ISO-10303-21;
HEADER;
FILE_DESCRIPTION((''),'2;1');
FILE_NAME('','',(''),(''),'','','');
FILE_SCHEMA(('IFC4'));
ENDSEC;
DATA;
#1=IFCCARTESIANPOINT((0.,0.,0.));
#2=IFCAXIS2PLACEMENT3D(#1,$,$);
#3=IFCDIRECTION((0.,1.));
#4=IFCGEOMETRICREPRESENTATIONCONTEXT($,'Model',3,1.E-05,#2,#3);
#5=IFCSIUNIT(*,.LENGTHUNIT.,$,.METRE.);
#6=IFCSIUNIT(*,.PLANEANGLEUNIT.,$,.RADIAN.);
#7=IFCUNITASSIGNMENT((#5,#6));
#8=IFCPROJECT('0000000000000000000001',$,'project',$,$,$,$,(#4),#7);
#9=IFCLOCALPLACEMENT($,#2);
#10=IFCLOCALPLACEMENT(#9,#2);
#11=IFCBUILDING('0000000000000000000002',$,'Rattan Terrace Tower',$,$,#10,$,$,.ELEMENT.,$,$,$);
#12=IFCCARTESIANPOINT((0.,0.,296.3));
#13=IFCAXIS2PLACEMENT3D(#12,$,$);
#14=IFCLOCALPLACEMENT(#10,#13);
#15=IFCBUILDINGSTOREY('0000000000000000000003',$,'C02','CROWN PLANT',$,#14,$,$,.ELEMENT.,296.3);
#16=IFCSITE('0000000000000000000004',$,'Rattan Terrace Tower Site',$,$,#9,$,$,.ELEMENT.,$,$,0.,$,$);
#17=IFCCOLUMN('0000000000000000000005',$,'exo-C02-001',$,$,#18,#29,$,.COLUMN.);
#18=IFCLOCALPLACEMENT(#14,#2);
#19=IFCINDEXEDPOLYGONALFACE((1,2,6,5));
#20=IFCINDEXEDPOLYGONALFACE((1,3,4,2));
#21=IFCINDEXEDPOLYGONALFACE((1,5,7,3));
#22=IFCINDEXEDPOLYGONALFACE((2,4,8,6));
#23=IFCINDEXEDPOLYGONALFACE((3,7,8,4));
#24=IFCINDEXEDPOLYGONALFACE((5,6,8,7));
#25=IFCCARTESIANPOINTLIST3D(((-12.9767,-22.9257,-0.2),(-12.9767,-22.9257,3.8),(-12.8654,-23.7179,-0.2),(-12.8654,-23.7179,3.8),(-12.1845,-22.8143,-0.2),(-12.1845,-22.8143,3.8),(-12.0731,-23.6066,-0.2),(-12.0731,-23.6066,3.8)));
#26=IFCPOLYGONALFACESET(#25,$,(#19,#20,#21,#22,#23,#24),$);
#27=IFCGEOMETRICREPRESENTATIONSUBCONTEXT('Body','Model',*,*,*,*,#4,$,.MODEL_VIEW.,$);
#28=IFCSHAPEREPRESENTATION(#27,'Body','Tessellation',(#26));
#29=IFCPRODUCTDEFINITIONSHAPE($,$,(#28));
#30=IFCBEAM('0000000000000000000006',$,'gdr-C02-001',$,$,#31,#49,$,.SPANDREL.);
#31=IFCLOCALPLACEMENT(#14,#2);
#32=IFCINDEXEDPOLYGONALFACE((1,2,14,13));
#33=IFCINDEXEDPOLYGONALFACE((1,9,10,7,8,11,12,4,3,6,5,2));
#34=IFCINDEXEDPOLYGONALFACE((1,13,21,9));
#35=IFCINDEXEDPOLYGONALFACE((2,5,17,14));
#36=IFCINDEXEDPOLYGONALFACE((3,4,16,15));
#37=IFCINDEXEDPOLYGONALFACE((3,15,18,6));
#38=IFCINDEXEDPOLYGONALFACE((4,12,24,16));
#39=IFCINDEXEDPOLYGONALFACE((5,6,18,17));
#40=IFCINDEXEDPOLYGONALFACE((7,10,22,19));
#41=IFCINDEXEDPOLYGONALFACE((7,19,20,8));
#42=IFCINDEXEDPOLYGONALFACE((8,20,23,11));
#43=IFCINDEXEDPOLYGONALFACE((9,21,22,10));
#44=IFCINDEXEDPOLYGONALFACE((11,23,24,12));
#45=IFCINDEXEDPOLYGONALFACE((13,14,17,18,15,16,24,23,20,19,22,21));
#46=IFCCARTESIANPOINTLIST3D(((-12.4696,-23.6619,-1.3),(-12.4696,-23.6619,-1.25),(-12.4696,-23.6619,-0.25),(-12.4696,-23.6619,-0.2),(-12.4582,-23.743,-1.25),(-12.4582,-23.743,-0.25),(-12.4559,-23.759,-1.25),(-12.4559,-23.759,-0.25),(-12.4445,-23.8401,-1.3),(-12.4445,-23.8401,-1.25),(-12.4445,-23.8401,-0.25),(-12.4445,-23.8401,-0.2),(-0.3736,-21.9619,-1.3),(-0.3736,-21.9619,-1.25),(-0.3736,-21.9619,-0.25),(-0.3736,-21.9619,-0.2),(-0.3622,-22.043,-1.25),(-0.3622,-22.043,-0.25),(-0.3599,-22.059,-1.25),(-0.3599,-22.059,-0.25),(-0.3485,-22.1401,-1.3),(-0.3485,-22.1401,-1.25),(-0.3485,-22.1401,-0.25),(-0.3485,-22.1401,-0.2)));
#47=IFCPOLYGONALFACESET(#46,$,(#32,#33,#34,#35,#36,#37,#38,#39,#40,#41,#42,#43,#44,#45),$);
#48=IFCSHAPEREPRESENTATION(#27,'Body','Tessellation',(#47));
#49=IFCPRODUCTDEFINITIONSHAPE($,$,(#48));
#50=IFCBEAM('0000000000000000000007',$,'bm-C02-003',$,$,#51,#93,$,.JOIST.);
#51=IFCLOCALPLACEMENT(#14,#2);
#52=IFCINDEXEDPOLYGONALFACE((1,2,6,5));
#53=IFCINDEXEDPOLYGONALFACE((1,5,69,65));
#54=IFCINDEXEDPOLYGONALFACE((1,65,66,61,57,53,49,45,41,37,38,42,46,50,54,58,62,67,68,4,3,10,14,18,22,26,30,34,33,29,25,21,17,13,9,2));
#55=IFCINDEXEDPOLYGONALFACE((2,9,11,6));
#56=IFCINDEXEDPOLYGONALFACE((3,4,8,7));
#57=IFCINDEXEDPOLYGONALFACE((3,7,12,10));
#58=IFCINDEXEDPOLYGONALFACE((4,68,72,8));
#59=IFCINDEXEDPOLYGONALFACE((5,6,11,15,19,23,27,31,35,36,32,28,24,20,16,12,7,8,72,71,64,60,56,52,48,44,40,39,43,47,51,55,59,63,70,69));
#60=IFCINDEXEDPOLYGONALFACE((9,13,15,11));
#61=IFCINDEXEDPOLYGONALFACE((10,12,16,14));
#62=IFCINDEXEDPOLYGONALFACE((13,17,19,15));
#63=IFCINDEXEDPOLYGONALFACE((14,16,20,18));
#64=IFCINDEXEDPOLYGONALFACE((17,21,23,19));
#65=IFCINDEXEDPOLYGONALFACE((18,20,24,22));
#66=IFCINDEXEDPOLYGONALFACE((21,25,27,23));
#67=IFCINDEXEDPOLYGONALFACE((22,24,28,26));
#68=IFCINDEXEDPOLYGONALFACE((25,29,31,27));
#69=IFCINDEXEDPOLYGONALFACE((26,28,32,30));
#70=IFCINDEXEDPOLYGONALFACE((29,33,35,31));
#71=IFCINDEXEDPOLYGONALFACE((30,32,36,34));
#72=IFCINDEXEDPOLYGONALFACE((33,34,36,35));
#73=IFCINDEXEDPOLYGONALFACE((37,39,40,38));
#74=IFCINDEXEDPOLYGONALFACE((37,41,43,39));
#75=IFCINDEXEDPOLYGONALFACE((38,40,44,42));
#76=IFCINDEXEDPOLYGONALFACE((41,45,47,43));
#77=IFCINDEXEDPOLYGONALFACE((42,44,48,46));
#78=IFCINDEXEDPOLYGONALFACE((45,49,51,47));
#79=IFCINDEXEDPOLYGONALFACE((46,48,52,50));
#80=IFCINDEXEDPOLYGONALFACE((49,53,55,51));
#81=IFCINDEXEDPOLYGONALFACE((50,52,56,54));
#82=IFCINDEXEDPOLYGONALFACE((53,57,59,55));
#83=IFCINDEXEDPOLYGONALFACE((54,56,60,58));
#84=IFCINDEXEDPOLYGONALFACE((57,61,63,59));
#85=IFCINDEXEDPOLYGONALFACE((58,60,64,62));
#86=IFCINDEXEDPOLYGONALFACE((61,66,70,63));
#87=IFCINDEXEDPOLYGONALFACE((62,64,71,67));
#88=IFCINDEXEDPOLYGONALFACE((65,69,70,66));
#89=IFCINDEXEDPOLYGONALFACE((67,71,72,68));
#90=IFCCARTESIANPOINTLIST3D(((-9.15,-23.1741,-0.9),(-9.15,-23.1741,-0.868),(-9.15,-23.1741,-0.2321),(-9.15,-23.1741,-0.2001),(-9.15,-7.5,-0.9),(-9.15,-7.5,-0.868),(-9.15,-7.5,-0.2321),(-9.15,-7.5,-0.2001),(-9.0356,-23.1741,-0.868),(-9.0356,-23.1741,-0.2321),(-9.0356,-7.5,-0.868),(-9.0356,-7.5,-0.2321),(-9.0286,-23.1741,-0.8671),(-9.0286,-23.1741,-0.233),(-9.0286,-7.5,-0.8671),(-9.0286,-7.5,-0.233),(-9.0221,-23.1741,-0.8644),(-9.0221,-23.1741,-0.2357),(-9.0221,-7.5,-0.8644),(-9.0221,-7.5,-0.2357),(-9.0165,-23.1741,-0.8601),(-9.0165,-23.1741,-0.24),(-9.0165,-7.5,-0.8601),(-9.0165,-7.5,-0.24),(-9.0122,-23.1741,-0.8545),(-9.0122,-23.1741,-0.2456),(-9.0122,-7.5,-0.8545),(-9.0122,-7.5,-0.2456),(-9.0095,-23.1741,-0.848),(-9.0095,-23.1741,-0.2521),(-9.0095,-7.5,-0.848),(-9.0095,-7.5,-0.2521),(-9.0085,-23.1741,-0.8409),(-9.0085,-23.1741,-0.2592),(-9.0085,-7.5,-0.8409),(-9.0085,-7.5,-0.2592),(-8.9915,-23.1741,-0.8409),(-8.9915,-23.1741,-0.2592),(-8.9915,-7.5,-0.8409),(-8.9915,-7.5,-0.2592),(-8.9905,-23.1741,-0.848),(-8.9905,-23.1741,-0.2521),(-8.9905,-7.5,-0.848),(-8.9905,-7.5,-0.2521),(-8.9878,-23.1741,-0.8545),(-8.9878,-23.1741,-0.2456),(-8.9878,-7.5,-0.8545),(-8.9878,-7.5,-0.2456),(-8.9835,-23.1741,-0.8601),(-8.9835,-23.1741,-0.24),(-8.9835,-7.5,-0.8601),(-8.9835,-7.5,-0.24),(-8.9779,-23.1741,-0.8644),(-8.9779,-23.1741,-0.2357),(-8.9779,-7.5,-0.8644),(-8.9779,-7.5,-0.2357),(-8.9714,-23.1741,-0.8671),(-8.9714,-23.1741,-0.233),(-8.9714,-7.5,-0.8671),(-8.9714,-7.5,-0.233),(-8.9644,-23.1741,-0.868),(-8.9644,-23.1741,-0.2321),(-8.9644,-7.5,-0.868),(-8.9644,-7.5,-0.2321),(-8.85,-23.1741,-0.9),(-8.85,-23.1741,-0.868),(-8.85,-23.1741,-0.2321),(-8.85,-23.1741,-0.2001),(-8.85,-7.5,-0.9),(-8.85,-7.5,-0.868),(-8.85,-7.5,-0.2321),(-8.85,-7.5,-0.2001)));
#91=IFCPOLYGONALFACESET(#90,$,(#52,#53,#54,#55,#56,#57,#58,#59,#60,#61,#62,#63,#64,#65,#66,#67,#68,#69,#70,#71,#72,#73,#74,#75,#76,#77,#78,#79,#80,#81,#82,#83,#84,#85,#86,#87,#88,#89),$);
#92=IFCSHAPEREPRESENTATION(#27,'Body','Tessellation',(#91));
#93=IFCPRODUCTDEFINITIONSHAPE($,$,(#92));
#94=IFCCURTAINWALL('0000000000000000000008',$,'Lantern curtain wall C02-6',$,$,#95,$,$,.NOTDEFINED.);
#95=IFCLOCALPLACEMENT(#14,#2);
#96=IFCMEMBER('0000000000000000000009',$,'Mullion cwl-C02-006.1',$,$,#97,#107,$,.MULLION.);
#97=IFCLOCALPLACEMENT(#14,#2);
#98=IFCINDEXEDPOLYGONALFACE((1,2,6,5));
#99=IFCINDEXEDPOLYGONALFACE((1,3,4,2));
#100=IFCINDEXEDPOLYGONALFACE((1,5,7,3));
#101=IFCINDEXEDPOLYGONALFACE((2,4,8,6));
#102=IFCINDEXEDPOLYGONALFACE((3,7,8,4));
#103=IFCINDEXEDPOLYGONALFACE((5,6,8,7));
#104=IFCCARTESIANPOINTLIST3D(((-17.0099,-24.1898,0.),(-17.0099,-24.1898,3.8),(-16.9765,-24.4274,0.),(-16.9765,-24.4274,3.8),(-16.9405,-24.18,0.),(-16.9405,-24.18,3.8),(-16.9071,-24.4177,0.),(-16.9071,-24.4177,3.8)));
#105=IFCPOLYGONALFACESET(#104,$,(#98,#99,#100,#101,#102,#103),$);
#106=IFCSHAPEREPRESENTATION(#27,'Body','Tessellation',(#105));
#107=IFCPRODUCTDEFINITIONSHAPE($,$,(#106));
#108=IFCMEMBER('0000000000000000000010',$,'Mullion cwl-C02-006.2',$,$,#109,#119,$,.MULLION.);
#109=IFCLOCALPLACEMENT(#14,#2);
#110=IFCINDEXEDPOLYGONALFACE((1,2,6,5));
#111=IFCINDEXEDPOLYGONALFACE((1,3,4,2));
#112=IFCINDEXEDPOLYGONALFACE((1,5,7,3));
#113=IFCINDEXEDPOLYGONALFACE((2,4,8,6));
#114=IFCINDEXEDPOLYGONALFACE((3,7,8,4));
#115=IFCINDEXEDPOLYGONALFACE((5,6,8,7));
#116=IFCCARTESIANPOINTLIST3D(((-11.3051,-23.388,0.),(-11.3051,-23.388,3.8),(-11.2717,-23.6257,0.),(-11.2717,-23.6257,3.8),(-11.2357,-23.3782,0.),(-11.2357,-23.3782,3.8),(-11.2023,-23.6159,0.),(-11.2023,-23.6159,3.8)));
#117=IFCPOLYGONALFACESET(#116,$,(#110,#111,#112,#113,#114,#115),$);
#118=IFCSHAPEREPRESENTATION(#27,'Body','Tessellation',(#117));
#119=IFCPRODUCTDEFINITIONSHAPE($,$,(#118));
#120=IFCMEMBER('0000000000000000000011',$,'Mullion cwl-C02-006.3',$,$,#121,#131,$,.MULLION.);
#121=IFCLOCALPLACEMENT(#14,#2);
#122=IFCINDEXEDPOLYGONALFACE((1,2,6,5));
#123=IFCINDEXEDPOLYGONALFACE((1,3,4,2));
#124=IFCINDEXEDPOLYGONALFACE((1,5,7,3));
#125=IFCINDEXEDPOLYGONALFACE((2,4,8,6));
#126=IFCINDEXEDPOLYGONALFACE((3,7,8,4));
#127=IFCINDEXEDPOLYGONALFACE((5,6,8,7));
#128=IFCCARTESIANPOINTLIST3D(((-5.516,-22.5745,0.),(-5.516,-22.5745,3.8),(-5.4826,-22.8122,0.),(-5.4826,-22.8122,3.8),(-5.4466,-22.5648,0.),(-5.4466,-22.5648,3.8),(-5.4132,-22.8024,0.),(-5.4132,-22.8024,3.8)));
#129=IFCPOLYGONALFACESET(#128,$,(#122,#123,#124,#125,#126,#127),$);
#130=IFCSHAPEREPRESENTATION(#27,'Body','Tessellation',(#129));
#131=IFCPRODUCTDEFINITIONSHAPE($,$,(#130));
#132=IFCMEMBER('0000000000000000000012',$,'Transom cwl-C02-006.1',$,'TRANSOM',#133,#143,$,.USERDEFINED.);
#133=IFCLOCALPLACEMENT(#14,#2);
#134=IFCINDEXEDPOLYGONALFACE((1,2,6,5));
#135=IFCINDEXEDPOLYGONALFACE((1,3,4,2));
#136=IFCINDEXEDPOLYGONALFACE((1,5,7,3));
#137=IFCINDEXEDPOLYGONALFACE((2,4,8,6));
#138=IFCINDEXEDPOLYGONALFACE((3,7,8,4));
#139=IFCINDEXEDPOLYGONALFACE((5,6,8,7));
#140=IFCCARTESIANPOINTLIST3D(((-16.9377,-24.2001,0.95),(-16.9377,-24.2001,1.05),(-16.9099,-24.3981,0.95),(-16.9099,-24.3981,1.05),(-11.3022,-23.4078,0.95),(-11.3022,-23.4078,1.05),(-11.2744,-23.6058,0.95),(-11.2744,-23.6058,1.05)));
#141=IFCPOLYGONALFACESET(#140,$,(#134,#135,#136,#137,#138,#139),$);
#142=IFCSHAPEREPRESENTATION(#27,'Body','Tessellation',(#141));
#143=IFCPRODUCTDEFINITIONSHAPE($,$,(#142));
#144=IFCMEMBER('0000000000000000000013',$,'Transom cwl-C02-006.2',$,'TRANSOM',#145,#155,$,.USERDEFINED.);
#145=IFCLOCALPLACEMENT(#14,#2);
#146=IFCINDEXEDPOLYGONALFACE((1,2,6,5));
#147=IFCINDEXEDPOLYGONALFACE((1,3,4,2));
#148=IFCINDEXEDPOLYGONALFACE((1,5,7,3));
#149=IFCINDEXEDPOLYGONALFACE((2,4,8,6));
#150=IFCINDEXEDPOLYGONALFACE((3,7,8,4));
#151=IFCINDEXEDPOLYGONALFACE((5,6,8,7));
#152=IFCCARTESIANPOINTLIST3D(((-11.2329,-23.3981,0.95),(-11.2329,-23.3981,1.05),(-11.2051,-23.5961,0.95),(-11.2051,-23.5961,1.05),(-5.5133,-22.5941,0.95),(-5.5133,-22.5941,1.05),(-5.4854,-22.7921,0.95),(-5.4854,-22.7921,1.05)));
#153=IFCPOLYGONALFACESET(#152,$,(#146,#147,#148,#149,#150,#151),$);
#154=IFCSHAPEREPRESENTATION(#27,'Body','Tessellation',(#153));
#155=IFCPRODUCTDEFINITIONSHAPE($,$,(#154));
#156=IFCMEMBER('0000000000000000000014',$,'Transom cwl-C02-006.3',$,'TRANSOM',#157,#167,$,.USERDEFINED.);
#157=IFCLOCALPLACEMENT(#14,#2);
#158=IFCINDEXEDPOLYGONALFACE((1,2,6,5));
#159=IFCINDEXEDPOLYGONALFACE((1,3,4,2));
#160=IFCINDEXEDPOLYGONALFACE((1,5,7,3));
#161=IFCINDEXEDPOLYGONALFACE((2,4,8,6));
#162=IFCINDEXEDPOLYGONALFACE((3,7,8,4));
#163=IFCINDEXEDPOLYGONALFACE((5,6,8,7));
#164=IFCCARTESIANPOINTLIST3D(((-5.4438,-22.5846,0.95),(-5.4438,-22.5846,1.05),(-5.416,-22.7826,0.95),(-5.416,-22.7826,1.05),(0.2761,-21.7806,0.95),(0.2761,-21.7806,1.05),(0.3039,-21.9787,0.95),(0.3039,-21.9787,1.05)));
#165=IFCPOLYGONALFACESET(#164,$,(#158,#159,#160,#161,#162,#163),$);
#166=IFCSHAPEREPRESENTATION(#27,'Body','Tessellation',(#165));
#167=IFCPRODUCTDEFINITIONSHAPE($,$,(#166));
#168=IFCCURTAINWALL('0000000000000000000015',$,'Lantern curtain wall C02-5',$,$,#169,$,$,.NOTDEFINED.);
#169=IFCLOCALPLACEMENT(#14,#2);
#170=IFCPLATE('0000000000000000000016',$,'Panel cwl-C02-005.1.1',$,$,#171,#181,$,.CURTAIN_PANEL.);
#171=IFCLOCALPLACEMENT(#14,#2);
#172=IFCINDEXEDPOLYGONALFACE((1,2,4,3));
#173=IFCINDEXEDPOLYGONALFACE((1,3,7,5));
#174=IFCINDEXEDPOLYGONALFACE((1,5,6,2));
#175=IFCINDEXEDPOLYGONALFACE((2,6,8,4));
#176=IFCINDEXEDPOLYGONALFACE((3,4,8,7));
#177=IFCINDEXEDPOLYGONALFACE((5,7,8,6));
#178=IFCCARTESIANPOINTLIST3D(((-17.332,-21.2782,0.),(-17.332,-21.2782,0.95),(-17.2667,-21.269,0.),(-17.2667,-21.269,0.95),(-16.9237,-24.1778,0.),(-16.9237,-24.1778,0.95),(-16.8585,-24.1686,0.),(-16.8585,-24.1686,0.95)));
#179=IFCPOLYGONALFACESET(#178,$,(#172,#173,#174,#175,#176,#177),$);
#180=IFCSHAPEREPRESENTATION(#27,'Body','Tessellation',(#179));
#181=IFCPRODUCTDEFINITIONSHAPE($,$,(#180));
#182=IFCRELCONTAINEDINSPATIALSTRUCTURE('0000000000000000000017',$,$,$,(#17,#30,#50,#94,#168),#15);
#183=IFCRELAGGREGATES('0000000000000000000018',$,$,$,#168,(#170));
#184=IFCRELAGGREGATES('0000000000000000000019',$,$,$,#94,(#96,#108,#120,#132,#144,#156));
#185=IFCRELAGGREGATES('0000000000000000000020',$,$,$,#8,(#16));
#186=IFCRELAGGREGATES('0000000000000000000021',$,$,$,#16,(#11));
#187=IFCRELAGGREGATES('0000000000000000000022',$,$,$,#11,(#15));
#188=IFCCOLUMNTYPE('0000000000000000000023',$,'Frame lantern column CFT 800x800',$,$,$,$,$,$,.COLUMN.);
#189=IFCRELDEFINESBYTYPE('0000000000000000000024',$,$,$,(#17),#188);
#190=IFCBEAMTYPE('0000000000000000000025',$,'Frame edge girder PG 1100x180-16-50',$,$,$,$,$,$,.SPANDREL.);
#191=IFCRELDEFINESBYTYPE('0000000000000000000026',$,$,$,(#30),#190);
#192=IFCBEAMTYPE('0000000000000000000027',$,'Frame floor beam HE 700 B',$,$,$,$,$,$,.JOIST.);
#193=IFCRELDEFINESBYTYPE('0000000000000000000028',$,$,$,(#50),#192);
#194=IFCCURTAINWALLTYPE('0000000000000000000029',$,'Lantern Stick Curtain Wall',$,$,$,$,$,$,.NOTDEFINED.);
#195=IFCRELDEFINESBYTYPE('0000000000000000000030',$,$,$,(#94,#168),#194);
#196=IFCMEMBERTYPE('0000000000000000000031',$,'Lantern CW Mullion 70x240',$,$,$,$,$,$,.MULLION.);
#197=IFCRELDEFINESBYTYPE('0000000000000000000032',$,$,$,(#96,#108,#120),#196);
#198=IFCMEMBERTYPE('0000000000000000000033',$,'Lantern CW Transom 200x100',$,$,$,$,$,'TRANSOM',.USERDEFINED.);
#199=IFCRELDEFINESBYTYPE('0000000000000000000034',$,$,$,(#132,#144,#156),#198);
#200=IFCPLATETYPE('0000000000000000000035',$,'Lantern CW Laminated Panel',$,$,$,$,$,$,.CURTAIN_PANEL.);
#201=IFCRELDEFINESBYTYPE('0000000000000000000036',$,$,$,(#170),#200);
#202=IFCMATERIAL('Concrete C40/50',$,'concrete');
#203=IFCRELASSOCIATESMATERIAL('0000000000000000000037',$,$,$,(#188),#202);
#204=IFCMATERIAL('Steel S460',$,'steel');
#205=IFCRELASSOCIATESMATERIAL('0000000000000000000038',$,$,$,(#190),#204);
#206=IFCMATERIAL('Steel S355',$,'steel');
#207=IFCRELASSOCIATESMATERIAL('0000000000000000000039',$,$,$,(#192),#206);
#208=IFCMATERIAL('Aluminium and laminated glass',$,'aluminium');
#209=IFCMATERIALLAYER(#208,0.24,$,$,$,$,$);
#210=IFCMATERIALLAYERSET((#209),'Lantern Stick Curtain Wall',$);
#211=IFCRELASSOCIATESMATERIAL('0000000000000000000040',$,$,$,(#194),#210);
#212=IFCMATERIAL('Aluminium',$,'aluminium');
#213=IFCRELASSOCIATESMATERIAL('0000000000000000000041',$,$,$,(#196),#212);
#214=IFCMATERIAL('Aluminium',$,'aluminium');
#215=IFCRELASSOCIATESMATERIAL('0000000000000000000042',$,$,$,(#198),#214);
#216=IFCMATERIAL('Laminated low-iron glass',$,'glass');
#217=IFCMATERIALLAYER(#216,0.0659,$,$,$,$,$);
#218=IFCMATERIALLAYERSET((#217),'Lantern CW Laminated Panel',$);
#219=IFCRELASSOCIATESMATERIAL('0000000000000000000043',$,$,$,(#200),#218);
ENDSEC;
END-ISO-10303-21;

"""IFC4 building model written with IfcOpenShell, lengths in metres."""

from ifc_helpers import new_model, si_unit, direction, frame, origin, origin_2d, place, context, subcontext, project, spatial, rectangle, i_section, extrude, material, layer, layer_set, material_profile, profile_set, type_object, element, aggregate, save


model = new_model("IFC4")

# Units and contexts
model_context = context("Model", 3, precision=1e-05, world=origin(), true_north=direction((0.0, 1.0)))
body_context = subcontext(model_context, "Body", "Model", "MODEL_VIEW")
ifc_project = project(units=[si_unit("LENGTHUNIT", "METRE"), si_unit("PLANEANGLEUNIT", "RADIAN")], contexts=[model_context])

# Site, building, storey
site_placement = place(None, origin())
site = spatial("IfcSite", under=ifc_project, at=site_placement, Name="Rattan Terrace Tower Site", CompositionType="ELEMENT", RefElevation=0.0)
building_placement = place(site_placement, origin())
building = spatial("IfcBuilding", under=site, at=building_placement, Name="Rattan Terrace Tower", CompositionType="ELEMENT")
storey_placement = place(building_placement, frame((0.0, 0.0, 296.3)))
storey = spatial("IfcBuildingStorey", under=building, at=storey_placement, Name="C02", Description="CROWN PLANT", CompositionType="ELEMENT", Elevation=296.3)

# Column
ifc_material_1 = material(Name="Concrete C40/50", Category="concrete")
ifc_material_profile_1 = material_profile(ifc_material_1, rectangle(XDim=0.8, YDim=0.8, at=origin_2d()), Name="CFT 800x800")
ifc_profile_set_1 = profile_set([ifc_material_profile_1], Name="Concrete C40/50")
column_type = type_object("IfcColumnType", Name="Frame lantern column CFT 800x800", PredefinedType="COLUMN", material=ifc_profile_set_1)
column_placement = place(storey_placement, frame((-12.5249, -23.2661, -0.2), z_axis=(0.0, 0.0, 1.0), x_axis=(0.990266, 0.13919, 0.0)))
element("IfcColumn", 1, at=column_placement, inside=storey, type_object=column_type, Name="exo-C02-001", PredefinedType="COLUMN", context=body_context, shape_type="SweptSolid", body=[
    extrude(rectangle(XDim=0.8, YDim=0.8, at=origin_2d()), origin(), (0.0, 0.0, 1.0), 4.0),
])

# Beams
ifc_material_2 = material(Name="Steel S460", Category="steel")
ifc_material_profile_2 = material_profile(ifc_material_2, i_section(OverallWidth=0.1799, OverallDepth=1.1001, WebThickness=0.0161, FlangeThickness=0.05, at=origin_2d()), Name="PG 1100x180-16-50")
ifc_profile_set_2 = profile_set([ifc_material_profile_2], Name="Steel S460")
beam_type_1 = type_object("IfcBeamType", Name="Frame edge girder PG 1100x180-16-50", PredefinedType="SPANDREL", material=ifc_profile_set_2)
beam_1_placement = place(storey_placement, frame((-12.457, -23.751, -0.75), z_axis=(0.990268, 0.139171, 0.0), x_axis=(-0.139171, 0.990268, 0.0)))
element("IfcBeam", 2, at=beam_1_placement, inside=storey, type_object=beam_type_1, Name="gdr-C02-001", PredefinedType="SPANDREL", context=body_context, shape_type="SweptSolid", body=[
    extrude(i_section(OverallWidth=0.1799, OverallDepth=1.1001, WebThickness=0.0161, FlangeThickness=0.05, at=origin_2d()), origin(), (0.0, 0.0, 1.0), 12.2148),
])
ifc_material_3 = material(Name="Steel S355", Category="steel")
ifc_material_profile_3 = material_profile(ifc_material_3, i_section(OverallWidth=0.3, OverallDepth=0.7, WebThickness=0.0171, FlangeThickness=0.032, FilletRadius=0.0271, at=origin_2d()), Name="HE 700 B")
ifc_profile_set_3 = profile_set([ifc_material_profile_3], Name="Steel S355")
beam_type_2 = type_object("IfcBeamType", Name="Frame floor beam HE 700 B", PredefinedType="JOIST", material=ifc_profile_set_3)
beam_2_placement = place(storey_placement, frame((-9.0, -23.1741, -0.55), z_axis=(0.0, 1.0, 0.0), x_axis=(-1.0, 0.0, 0.0)))
element("IfcBeam", 3, at=beam_2_placement, inside=storey, type_object=beam_type_2, Name="bm-C02-003", PredefinedType="JOIST", context=body_context, shape_type="SweptSolid", body=[
    extrude(i_section(OverallWidth=0.3, OverallDepth=0.7, WebThickness=0.0171, FlangeThickness=0.032, FilletRadius=0.0271, at=origin_2d()), origin(), (0.0, 0.0, 1.0), 15.6741),
])

# Curtain wall, members
ifc_material_4 = material(Name="Aluminium and laminated glass", Category="aluminium")
ifc_layer_1 = layer(ifc_material_4, 0.24)
ifc_layer_set_1 = layer_set([ifc_layer_1], Name="Lantern Stick Curtain Wall")
curtain_wall_type = type_object("IfcCurtainWallType", Name="Lantern Stick Curtain Wall", PredefinedType="NOTDEFINED", material=ifc_layer_set_1)
curtain_wall_1_placement = place(storey_placement, origin())
curtain_wall_1 = element("IfcCurtainWall", 4, at=curtain_wall_1_placement, inside=storey, type_object=curtain_wall_type, Name="Lantern curtain wall C02-6", PredefinedType="NOTDEFINED")
ifc_material_5 = material(Name="Aluminium", Category="aluminium")
ifc_material_profile_4 = material_profile(ifc_material_5, rectangle(XDim=0.0701, YDim=0.24, at=origin_2d()), Name="Aluminium 70x240")
ifc_profile_set_4 = profile_set([ifc_material_profile_4], Name="Aluminium")
member_type_1 = type_object("IfcMemberType", Name="Lantern CW Mullion 70x240", PredefinedType="MULLION", material=ifc_profile_set_4)
member_1_placement = place(storey_placement, frame((-16.9585, -24.3037, 0.0), z_axis=(0.0, 0.0, 1.0), x_axis=(0.990267, 0.139181, 0.0)))
member_1 = element("IfcMember", 5, at=member_1_placement, type_object=member_type_1, Name="Mullion cwl-C02-006.1", PredefinedType="MULLION", context=body_context, shape_type="SweptSolid", body=[
    extrude(rectangle(XDim=0.0701, YDim=0.24, at=origin_2d()), origin(), (0.0, 0.0, 1.0), 3.8),
])
member_2_placement = place(storey_placement, frame((-11.2537, -23.502, 0.0), z_axis=(0.0, 0.0, 1.0), x_axis=(0.990267, 0.139181, 0.0)))
member_2 = element("IfcMember", 6, at=member_2_placement, type_object=member_type_1, Name="Mullion cwl-C02-006.2", PredefinedType="MULLION", context=body_context, shape_type="SweptSolid", body=[
    extrude(rectangle(XDim=0.0701, YDim=0.24, at=origin_2d()), origin(), (0.0, 0.0, 1.0), 3.8),
])
member_3_placement = place(storey_placement, frame((-5.4646, -22.6885, 0.0), z_axis=(0.0, 0.0, 1.0), x_axis=(0.990267, 0.139181, 0.0)))
member_3 = element("IfcMember", 7, at=member_3_placement, type_object=member_type_1, Name="Mullion cwl-C02-006.3", PredefinedType="MULLION", context=body_context, shape_type="SweptSolid", body=[
    extrude(rectangle(XDim=0.0701, YDim=0.24, at=origin_2d()), origin(), (0.0, 0.0, 1.0), 3.8),
])
ifc_material_6 = material(Name="Aluminium", Category="aluminium")
ifc_material_profile_5 = material_profile(ifc_material_6, rectangle(XDim=0.2, YDim=0.1001, at=origin_2d()), Name="Aluminium 200x100")
ifc_profile_set_5 = profile_set([ifc_material_profile_5], Name="Aluminium")
member_type_2 = type_object("IfcMemberType", Name="Lantern CW Transom 200x100", ElementType="TRANSOM", PredefinedType="USERDEFINED", material=ifc_profile_set_5)
member_4_placement = place(storey_placement, frame((-16.9238, -24.2991, 1.0), z_axis=(0.990263, 0.139211, 0.0), x_axis=(-0.139211, 0.990263, 0.0)))
member_4 = element("IfcMember", 8, at=member_4_placement, type_object=member_type_2, Name="Transom cwl-C02-006.1", ObjectType="TRANSOM", PredefinedType="USERDEFINED", context=body_context, shape_type="SweptSolid", body=[
    extrude(rectangle(XDim=0.2, YDim=0.1001, at=origin_2d()), origin(), (0.0, 0.0, 1.0), 5.6909),
])
member_5_placement = place(storey_placement, frame((-11.219, -23.4971, 1.0), z_axis=(0.990266, 0.13919, 0.0), x_axis=(-0.13919, 0.990266, 0.0)))
member_5 = element("IfcMember", 9, at=member_5_placement, type_object=member_type_2, Name="Transom cwl-C02-006.2", ObjectType="TRANSOM", PredefinedType="USERDEFINED", context=body_context, shape_type="SweptSolid", body=[
    extrude(rectangle(XDim=0.2, YDim=0.1001, at=origin_2d()), origin(), (0.0, 0.0, 1.0), 5.7759),
])
member_6_placement = place(storey_placement, frame((-5.4299, -22.6836, 1.0), z_axis=(0.990267, 0.139184, 0.0), x_axis=(-0.139184, 0.990267, 0.0)))
member_6 = element("IfcMember", 10, at=member_6_placement, type_object=member_type_2, Name="Transom cwl-C02-006.3", ObjectType="TRANSOM", PredefinedType="USERDEFINED", context=body_context, shape_type="SweptSolid", body=[
    extrude(rectangle(XDim=0.2, YDim=0.1001, at=origin_2d()), origin(), (0.0, 0.0, 1.0), 5.7761),
])

# Curtain wall, plate
curtain_wall_2_placement = place(storey_placement, origin())
curtain_wall_2 = element("IfcCurtainWall", 11, at=curtain_wall_2_placement, inside=storey, type_object=curtain_wall_type, Name="Lantern curtain wall C02-5", PredefinedType="NOTDEFINED")
ifc_material_7 = material(Name="Laminated low-iron glass", Category="glass")
ifc_layer_2 = layer(ifc_material_7, 0.0659)
ifc_layer_set_2 = layer_set([ifc_layer_2], Name="Lantern CW Laminated Panel")
plate_type = type_object("IfcPlateType", Name="Lantern CW Laminated Panel", PredefinedType="CURTAIN_PANEL", material=ifc_layer_set_2)
plate_1_placement = place(storey_placement, frame((-17.0952, -22.7234, 0.0), z_axis=(0.0, 0.0, 1.0), x_axis=(0.139413, -0.990234, 0.0)))
plate_1 = element("IfcPlate", 12, at=plate_1_placement, type_object=plate_type, Name="Panel cwl-C02-005.1.1", PredefinedType="CURTAIN_PANEL", context=body_context, shape_type="SweptSolid", body=[
    extrude(rectangle(XDim=2.9282, YDim=0.0659, at=origin_2d()), origin(), (0.0, 0.0, 1.0), 0.95),
])
aggregate(curtain_wall_2, [plate_1])

aggregate(curtain_wall_1, [member_1, member_2, member_3, member_4, member_5, member_6])

save(model, "model.ifc")
